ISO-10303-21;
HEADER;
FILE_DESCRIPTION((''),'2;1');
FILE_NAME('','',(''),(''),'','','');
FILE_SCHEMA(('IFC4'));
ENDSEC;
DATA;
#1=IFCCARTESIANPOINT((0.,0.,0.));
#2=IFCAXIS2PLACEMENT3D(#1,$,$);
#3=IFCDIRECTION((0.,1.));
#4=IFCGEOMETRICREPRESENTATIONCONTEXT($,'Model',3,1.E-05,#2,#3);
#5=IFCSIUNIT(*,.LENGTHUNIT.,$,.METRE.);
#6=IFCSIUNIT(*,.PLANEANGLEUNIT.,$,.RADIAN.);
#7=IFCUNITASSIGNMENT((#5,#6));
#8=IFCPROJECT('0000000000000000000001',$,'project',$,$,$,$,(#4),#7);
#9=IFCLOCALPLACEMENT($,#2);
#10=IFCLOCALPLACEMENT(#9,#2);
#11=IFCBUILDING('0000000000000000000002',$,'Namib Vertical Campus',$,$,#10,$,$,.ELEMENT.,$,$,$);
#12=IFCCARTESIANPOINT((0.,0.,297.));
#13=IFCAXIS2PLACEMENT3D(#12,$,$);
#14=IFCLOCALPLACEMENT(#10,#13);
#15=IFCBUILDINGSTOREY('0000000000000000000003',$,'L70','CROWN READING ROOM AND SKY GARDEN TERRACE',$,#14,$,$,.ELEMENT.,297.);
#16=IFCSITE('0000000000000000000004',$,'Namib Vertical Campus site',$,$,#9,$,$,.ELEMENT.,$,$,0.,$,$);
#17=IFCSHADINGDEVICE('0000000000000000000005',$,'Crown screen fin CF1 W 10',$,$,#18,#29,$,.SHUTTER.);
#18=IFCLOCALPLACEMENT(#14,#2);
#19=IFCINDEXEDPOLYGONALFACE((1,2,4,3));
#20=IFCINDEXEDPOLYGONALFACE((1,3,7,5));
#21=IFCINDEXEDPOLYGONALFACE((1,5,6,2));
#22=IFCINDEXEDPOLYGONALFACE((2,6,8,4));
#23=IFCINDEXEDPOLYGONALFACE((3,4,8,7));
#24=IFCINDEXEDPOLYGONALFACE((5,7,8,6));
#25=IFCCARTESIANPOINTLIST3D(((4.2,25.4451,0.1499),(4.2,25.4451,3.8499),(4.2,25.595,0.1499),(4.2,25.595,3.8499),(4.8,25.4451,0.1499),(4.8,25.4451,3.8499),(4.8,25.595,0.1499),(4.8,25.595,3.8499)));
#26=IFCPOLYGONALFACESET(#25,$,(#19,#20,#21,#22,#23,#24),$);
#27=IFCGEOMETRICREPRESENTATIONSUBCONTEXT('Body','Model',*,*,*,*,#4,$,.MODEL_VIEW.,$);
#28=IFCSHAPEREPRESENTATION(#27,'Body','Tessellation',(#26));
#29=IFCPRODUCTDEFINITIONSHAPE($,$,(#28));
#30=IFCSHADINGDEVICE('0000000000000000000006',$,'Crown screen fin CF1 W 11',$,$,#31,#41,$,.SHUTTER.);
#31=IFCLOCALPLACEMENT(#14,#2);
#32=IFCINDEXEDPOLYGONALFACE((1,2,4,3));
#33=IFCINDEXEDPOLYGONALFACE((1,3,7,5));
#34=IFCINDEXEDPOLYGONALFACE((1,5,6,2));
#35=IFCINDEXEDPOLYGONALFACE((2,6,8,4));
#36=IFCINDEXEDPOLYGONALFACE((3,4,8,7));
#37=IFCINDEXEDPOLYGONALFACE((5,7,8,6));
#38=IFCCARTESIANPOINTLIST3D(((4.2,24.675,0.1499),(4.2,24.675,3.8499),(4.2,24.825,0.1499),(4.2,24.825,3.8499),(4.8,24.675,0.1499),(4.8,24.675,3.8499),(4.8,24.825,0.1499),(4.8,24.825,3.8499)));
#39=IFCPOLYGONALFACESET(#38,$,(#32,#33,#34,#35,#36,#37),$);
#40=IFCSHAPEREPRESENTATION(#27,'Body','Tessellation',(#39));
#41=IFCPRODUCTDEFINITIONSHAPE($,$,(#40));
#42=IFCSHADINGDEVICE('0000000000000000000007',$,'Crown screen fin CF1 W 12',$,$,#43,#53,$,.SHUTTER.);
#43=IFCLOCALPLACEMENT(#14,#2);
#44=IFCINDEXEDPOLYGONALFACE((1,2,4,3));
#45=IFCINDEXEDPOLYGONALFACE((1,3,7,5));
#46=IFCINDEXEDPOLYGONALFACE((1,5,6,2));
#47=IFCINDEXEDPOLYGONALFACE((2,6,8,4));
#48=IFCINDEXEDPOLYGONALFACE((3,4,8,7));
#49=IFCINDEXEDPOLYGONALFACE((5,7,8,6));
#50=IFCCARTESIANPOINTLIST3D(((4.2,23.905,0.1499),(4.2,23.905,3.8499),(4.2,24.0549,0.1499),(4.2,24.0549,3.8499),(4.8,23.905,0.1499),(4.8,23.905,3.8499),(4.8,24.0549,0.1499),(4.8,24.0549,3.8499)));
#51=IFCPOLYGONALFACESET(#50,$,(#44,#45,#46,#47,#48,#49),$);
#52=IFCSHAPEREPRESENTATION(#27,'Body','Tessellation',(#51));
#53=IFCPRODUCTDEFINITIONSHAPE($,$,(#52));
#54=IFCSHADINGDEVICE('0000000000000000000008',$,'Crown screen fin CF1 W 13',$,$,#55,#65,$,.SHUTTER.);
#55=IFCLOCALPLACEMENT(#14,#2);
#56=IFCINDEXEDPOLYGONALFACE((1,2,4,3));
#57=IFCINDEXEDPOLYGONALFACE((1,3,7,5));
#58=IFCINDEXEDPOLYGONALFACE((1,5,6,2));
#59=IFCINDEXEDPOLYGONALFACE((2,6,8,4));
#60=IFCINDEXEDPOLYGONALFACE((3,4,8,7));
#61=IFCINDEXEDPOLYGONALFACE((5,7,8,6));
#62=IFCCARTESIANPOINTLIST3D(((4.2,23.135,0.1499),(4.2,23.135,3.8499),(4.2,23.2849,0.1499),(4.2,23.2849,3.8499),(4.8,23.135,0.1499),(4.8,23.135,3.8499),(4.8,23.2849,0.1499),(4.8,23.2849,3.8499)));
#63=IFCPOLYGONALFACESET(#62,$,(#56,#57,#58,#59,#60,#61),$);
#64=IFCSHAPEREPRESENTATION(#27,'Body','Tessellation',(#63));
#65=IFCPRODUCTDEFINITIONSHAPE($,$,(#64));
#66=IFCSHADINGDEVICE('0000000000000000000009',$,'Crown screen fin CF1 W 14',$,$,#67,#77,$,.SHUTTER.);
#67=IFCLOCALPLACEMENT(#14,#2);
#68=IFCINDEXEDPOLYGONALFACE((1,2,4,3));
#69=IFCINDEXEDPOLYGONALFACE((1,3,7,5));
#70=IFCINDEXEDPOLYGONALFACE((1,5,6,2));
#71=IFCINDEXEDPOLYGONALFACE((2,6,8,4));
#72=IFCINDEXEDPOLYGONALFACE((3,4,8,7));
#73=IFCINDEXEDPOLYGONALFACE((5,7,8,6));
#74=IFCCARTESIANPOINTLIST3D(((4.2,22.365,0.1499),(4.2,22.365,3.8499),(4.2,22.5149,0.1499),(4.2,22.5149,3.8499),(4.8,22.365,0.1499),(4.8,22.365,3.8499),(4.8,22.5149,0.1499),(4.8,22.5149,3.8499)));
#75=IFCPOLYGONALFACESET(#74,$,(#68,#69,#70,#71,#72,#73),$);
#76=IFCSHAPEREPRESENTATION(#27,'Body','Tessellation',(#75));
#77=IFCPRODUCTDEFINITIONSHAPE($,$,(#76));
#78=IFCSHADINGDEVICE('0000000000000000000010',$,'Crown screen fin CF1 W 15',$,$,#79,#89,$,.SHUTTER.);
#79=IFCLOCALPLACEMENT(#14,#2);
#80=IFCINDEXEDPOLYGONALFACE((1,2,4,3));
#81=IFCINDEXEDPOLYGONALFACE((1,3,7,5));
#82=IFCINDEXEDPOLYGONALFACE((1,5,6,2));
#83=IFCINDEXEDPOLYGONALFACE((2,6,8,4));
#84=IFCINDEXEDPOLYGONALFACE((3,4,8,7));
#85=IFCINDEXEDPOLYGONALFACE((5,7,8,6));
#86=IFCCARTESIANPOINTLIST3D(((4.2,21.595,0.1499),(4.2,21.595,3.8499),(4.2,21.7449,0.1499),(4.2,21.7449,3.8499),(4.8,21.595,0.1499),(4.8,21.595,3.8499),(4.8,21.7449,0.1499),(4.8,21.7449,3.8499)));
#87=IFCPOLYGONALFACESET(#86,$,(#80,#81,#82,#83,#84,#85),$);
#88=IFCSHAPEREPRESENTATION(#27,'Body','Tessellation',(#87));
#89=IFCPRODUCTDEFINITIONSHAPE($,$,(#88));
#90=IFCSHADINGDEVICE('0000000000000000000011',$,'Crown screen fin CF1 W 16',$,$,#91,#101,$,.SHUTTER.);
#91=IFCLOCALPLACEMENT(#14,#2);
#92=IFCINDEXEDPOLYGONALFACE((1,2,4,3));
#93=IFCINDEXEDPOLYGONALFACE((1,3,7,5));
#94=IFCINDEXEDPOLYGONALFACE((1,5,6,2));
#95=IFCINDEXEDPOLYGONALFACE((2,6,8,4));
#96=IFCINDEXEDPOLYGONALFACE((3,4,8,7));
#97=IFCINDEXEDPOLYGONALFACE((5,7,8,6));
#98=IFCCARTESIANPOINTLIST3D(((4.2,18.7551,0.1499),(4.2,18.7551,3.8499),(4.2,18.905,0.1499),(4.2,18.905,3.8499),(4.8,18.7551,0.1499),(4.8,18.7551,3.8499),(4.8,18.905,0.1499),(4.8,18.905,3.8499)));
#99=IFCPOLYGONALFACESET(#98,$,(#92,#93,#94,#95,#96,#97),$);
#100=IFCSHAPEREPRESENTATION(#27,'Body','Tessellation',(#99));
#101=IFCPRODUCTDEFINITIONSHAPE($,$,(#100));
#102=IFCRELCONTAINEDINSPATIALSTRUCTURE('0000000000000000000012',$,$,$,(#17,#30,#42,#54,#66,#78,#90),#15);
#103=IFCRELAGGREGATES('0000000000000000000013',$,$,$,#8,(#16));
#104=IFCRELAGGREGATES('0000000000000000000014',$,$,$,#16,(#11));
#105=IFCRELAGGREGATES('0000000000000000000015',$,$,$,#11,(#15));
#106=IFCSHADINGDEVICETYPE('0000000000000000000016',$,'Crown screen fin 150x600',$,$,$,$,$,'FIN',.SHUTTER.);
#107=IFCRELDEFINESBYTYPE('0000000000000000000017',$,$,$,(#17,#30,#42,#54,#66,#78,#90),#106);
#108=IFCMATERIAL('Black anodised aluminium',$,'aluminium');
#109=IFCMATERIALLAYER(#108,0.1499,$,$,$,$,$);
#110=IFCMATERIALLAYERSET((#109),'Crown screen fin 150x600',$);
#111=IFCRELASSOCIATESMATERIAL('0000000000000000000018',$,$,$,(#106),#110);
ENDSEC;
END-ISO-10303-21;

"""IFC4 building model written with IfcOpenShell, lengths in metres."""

from ifc_helpers import new_model, si_unit, direction, frame, origin, origin_2d, place, context, subcontext, project, spatial, rectangle, extrude, material, layer, layer_set, type_object, element, save


model = new_model("IFC4")

# Units and contexts
model_context = context("Model", 3, precision=1e-05, world=origin(), true_north=direction((0.0, 1.0)))
body_context = subcontext(model_context, "Body", "Model", "MODEL_VIEW")
ifc_project = project(units=[si_unit("LENGTHUNIT", "METRE"), si_unit("PLANEANGLEUNIT", "RADIAN")], contexts=[model_context])

# Site, building, storey
site_placement = place(None, origin())
site = spatial("IfcSite", under=ifc_project, at=site_placement, Name="Namib Vertical Campus site", CompositionType="ELEMENT", RefElevation=0.0)
building_placement = place(site_placement, origin())
building = spatial("IfcBuilding", under=site, at=building_placement, Name="Namib Vertical Campus", CompositionType="ELEMENT")
storey_placement = place(building_placement, frame((0.0, 0.0, 297.0)))
storey = spatial("IfcBuildingStorey", under=building, at=storey_placement, Name="L70", Description="CROWN READING ROOM AND SKY GARDEN TERRACE", CompositionType="ELEMENT", Elevation=297.0)

# Shading devices
ifc_material_1 = material(Name="Black anodised aluminium", Category="aluminium")
ifc_layer_1 = layer(ifc_material_1, 0.1499)
ifc_layer_set_1 = layer_set([ifc_layer_1], Name="Crown screen fin 150x600")
shading_device_type = type_object("IfcShadingDeviceType", Name="Crown screen fin 150x600", ElementType="FIN", PredefinedType="SHUTTER", material=ifc_layer_set_1)
for number, where, z_axis, x_axis, name in (
    (1, (4.5, 25.52, 0.1499), (0.0, 0.0, 1.0), (0.0, -1.0, 0.0), "Crown screen fin CF1 W 10"),
    (2, (4.5, 24.75, 0.1499), (0.0, 0.0, 1.0), (0.0, -1.0, 0.0), "Crown screen fin CF1 W 11"),
    (3, (4.5, 23.98, 0.1499), (0.0, 0.0, 1.0), (0.0, -1.0, 0.0), "Crown screen fin CF1 W 12"),
    (4, (4.5, 23.21, 0.1499), (0.0, 0.0, 1.0), (0.0, -1.0, 0.0), "Crown screen fin CF1 W 13"),
    (5, (4.5, 22.4399, 0.1499), (0.0, 0.0, 1.0), (0.0, -1.0, 0.0), "Crown screen fin CF1 W 14"),
    (6, (4.5, 21.6699, 0.1499), (0.0, 0.0, 1.0), (0.0, -1.0, 0.0), "Crown screen fin CF1 W 15"),
    (7, (4.5, 18.8301, 0.1499), (0.0, 0.0, 1.0), (0.0, -1.0, 0.0), "Crown screen fin CF1 W 16"),
):
    element("IfcShadingDevice", number, at=place(storey_placement, frame(where, z_axis=z_axis, x_axis=x_axis)), inside=storey, type_object=shading_device_type, Name=name, PredefinedType="SHUTTER", context=body_context, shape_type="SweptSolid", body=[
        extrude(rectangle(XDim=0.1499, YDim=0.6001, at=origin_2d()), origin(), (0.0, 0.0, 1.0), 3.7),
    ])

save(model, "model.ifc")
